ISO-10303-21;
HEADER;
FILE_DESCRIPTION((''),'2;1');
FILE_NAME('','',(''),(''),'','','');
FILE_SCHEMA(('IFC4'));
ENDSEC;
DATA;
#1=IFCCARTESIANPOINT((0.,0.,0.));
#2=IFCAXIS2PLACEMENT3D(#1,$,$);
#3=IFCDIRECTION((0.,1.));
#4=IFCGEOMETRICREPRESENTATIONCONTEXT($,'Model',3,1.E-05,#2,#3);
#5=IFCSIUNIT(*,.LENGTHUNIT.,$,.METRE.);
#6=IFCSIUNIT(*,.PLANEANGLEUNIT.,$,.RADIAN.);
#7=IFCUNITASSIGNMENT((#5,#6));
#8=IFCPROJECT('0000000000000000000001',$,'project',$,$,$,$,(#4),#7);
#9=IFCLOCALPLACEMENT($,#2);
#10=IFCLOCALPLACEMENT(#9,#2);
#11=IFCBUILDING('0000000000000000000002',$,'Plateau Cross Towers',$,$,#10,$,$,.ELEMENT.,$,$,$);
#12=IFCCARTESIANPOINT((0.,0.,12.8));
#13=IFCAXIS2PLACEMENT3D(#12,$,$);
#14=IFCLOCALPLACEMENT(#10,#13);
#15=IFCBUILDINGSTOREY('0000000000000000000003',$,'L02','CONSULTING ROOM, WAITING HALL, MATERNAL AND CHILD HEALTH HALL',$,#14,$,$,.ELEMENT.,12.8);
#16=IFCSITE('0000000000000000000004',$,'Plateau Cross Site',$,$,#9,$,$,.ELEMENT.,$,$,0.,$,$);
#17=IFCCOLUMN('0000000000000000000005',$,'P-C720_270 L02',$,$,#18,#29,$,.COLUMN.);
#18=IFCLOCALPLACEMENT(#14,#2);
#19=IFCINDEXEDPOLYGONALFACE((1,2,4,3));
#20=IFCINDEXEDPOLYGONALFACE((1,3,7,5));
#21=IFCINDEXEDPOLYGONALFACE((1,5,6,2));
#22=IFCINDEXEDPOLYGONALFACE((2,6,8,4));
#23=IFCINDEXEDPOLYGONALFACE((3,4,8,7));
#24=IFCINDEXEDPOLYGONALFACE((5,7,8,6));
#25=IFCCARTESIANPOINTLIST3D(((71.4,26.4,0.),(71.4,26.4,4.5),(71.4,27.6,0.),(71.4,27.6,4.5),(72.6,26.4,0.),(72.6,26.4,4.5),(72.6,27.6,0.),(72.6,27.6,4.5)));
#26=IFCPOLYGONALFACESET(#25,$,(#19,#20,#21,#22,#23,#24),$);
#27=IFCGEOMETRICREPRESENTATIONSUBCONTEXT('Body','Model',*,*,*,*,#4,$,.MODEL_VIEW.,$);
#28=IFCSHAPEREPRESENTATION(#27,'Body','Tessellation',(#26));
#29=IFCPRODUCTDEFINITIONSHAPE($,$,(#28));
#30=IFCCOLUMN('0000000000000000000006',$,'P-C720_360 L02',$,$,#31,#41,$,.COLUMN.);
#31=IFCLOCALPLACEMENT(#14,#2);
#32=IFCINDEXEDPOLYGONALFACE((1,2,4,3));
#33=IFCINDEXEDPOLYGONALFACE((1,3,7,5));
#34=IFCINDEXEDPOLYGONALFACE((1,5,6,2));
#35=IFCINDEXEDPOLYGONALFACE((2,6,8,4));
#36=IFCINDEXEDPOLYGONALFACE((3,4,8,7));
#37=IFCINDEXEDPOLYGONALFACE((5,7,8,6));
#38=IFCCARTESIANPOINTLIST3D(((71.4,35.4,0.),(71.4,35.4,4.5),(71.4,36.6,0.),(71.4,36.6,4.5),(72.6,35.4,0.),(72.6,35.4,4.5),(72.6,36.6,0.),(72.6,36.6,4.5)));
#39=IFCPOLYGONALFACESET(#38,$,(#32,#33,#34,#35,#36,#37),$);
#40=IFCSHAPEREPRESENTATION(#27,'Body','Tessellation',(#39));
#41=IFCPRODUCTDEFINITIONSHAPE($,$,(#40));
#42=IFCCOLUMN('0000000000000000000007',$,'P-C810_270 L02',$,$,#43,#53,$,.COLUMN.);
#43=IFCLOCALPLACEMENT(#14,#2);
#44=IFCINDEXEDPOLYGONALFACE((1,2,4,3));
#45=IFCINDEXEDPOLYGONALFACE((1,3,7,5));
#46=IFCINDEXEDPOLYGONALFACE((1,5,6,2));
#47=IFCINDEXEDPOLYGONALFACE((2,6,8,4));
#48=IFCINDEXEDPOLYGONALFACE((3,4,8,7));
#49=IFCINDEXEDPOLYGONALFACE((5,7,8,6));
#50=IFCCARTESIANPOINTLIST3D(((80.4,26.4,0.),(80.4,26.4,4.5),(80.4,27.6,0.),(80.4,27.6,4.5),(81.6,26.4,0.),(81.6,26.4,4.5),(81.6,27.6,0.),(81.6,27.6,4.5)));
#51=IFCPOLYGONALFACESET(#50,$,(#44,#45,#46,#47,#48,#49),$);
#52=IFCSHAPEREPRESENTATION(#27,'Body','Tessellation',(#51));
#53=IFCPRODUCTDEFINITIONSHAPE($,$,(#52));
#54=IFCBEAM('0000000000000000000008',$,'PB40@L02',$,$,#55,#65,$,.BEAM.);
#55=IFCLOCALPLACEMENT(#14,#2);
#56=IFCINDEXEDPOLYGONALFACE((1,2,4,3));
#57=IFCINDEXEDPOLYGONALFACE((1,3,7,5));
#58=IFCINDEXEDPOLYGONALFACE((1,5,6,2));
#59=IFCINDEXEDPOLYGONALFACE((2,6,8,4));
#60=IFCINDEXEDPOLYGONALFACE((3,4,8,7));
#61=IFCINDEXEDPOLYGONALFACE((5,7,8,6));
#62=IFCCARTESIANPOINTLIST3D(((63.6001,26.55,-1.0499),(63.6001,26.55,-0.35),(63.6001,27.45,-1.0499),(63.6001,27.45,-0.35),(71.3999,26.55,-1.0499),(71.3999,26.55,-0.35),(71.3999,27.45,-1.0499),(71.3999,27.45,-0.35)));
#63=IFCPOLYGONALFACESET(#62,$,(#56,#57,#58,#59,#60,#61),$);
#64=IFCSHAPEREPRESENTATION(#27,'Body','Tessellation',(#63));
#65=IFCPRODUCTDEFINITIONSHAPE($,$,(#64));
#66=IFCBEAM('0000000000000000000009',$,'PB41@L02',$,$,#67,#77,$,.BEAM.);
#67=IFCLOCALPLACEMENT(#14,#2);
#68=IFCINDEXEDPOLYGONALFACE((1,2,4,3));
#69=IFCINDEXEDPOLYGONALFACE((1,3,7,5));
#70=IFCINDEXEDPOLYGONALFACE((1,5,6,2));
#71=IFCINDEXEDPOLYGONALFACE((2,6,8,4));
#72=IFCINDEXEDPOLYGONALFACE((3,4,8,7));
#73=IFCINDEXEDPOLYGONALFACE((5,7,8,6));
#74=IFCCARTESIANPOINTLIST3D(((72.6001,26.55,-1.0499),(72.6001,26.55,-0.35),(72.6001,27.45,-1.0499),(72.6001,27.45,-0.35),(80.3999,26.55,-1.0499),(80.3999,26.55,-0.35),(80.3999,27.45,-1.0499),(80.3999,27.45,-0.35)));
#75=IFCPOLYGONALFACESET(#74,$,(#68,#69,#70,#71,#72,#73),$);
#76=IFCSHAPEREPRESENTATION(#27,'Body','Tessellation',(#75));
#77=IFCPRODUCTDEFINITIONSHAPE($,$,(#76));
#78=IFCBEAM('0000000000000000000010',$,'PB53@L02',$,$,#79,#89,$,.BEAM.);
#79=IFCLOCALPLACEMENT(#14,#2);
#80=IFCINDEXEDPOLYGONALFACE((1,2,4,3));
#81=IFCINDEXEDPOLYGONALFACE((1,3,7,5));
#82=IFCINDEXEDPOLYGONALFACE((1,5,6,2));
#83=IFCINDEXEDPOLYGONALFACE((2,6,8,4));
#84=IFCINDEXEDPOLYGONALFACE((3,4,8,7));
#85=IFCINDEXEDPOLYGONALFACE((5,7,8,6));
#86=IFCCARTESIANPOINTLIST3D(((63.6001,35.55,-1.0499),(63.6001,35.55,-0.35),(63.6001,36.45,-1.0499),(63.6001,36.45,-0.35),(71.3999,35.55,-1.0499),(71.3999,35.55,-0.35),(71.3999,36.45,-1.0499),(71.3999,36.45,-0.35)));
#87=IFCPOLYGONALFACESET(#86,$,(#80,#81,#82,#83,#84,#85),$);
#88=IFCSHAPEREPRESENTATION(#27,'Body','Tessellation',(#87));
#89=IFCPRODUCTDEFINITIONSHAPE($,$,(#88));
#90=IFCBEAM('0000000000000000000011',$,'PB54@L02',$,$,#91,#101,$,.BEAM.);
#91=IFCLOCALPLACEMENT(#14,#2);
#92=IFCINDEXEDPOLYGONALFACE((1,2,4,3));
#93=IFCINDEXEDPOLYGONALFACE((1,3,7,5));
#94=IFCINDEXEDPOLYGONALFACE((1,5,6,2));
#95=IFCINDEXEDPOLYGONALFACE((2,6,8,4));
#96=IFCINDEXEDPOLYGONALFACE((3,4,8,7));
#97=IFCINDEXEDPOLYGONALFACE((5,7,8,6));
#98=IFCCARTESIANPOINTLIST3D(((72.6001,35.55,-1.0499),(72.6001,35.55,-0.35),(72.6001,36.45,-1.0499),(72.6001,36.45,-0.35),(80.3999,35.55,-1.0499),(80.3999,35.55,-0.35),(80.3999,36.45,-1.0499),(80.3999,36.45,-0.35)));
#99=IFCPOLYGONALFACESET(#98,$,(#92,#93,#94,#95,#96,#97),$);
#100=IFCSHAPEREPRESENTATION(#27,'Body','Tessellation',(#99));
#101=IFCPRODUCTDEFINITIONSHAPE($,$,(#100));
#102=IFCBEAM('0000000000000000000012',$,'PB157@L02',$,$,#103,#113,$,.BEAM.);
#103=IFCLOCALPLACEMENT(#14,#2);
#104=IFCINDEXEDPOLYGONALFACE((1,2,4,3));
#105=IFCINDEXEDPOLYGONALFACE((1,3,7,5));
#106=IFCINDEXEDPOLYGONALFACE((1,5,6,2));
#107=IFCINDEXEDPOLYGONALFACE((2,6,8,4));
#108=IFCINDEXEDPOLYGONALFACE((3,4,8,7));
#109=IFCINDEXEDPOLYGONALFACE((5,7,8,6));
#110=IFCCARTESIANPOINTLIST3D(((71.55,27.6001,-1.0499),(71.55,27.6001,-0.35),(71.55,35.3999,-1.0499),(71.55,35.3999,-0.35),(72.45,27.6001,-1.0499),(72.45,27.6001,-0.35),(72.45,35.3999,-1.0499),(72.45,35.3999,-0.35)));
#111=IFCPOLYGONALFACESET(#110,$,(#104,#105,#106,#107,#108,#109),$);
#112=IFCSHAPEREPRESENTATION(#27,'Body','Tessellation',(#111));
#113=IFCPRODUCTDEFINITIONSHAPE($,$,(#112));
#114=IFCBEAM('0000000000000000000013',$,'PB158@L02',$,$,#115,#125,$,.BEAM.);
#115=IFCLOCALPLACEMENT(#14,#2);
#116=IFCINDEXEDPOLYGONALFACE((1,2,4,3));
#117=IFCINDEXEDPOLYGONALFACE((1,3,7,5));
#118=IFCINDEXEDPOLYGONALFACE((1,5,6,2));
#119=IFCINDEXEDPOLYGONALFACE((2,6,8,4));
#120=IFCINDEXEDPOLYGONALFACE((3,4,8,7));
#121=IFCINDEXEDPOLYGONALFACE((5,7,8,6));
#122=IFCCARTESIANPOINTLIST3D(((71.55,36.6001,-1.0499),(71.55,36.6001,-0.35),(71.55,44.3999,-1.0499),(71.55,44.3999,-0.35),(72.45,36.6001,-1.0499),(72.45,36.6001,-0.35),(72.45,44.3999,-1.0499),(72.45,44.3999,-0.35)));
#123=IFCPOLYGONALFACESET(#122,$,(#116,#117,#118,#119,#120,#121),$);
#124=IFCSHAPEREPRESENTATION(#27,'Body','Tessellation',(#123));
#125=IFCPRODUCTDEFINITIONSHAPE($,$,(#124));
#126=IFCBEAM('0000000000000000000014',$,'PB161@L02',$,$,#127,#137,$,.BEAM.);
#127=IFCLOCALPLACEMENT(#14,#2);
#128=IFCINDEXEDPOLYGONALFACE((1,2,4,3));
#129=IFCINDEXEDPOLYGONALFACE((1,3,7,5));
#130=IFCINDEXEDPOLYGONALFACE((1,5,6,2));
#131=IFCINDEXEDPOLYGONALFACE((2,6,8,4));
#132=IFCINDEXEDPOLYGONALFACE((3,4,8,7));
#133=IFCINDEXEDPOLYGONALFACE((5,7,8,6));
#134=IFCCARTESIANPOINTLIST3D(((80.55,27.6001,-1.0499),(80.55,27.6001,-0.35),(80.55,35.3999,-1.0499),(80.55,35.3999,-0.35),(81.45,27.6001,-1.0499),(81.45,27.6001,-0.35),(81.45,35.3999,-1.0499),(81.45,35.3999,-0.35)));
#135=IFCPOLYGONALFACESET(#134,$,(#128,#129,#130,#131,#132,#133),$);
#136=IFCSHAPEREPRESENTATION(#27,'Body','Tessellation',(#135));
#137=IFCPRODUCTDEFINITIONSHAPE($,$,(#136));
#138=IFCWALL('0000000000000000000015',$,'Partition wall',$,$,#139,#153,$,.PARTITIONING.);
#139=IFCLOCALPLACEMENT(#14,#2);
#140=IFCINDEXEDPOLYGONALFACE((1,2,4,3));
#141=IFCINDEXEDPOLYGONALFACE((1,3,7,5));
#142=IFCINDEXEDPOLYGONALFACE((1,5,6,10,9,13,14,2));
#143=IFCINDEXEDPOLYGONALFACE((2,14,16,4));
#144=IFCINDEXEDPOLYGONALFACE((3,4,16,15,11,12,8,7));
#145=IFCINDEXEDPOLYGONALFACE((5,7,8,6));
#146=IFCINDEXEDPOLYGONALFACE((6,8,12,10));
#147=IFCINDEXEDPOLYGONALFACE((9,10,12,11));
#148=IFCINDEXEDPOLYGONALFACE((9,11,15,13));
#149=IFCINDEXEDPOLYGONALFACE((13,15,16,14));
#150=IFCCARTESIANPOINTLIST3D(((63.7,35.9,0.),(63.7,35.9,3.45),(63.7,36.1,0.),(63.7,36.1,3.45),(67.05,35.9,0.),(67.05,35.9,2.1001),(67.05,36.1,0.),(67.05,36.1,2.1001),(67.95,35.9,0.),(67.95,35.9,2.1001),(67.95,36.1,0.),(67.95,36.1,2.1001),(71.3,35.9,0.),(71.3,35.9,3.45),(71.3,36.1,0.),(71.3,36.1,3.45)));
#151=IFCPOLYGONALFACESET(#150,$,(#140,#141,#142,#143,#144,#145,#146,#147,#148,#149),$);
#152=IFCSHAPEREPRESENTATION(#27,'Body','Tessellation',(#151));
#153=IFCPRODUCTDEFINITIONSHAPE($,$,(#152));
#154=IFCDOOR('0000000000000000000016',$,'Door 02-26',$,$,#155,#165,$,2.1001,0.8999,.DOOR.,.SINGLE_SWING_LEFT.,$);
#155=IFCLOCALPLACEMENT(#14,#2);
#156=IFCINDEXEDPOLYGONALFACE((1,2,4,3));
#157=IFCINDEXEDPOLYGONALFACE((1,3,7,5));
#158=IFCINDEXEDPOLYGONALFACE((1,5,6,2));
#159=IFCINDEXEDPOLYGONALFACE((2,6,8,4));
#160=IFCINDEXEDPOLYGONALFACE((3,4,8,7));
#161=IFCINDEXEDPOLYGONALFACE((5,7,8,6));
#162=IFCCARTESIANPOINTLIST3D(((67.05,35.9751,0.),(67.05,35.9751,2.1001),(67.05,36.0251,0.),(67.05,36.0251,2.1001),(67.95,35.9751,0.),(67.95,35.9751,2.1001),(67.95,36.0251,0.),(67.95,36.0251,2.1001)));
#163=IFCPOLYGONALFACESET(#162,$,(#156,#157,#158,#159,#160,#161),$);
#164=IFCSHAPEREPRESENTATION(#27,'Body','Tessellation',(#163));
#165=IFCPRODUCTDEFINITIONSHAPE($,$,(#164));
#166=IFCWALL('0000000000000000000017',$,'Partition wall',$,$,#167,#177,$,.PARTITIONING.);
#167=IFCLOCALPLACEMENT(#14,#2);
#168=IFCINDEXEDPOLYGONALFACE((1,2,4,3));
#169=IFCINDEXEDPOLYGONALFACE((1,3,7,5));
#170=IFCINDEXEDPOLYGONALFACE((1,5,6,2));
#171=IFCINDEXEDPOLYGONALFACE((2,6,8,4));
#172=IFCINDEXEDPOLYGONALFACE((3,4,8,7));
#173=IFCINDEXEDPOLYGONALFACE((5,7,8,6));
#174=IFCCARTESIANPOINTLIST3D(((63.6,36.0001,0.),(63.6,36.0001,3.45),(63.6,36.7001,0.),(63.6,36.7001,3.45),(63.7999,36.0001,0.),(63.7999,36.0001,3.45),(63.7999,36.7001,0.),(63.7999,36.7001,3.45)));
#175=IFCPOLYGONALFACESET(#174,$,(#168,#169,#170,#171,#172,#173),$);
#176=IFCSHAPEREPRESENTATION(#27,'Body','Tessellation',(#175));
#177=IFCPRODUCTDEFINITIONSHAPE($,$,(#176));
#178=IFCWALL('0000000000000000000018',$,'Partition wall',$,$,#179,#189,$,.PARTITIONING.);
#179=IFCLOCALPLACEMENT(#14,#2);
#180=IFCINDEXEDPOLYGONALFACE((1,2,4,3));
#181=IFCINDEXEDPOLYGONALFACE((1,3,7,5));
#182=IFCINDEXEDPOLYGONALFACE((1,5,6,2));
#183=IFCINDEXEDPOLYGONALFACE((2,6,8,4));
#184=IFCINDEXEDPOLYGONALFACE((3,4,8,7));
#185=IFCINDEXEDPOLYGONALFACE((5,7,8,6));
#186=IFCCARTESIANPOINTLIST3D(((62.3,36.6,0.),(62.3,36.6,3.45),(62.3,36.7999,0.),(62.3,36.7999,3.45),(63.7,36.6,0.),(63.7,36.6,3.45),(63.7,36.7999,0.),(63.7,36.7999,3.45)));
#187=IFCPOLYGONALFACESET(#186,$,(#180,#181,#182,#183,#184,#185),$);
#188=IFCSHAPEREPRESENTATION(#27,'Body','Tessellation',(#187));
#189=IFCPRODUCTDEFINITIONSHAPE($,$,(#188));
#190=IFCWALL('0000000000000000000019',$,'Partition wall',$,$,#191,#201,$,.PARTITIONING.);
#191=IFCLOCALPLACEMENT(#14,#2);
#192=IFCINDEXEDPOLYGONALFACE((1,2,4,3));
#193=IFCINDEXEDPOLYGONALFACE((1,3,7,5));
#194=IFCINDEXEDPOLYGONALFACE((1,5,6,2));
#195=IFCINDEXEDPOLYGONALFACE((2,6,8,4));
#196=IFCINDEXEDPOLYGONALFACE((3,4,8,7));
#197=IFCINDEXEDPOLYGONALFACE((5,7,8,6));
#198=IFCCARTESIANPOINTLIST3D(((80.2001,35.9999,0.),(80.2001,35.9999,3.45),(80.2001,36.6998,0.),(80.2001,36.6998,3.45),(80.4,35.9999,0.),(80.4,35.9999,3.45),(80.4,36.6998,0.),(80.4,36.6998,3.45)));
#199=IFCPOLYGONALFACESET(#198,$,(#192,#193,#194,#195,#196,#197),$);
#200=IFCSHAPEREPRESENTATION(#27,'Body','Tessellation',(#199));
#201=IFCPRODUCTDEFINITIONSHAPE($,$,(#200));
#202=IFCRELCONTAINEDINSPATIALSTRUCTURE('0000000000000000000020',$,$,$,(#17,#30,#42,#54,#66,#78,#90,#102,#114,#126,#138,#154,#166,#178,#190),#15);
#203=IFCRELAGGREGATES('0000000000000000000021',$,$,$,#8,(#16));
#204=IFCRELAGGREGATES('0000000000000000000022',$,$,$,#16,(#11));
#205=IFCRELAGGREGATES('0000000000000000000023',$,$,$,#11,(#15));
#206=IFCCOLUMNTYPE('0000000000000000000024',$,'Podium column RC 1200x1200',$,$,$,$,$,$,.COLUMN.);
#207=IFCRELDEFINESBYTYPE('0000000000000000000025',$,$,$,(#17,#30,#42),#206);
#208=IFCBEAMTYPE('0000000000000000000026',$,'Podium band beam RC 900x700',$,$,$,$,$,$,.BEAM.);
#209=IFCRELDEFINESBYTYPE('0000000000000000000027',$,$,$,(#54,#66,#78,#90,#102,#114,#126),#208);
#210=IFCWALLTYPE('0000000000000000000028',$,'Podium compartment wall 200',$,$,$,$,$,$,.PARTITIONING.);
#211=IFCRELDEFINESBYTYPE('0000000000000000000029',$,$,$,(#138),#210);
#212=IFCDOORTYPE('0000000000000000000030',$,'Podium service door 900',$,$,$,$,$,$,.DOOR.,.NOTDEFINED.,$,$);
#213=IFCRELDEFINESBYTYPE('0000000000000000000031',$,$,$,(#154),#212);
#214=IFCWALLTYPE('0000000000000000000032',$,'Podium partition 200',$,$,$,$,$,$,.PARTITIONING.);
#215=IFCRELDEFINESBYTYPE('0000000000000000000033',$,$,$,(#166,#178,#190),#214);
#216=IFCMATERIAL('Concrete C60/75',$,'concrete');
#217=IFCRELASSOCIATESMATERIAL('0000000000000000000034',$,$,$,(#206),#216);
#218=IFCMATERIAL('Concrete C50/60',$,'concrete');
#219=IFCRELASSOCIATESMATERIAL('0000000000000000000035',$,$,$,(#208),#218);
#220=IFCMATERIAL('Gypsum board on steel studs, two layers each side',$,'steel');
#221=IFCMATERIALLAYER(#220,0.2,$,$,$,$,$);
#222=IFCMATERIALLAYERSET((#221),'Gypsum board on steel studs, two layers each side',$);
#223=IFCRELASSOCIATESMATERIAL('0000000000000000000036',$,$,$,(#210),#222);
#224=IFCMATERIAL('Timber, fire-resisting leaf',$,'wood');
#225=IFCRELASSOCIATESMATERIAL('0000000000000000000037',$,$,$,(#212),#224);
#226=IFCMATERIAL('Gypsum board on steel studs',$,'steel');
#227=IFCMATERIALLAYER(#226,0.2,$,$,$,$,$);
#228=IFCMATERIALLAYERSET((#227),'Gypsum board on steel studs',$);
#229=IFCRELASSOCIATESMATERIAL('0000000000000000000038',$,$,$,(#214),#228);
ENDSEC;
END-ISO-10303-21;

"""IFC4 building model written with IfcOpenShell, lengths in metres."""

from ifc_helpers import new_model, si_unit, direction, frame, frame_2d, origin, origin_2d, place, context, subcontext, project, spatial, rectangle, extrude, material, layer, layer_set, material_profile, profile_set, type_object, element, fill, save


model = new_model("IFC4")

# Units and contexts
model_context = context("Model", 3, precision=1e-05, world=origin(), true_north=direction((0.0, 1.0)))
body_context = subcontext(model_context, "Body", "Model", "MODEL_VIEW")
ifc_project = project(units=[si_unit("LENGTHUNIT", "METRE"), si_unit("PLANEANGLEUNIT", "RADIAN")], contexts=[model_context])

# Site, building, storey
site_placement = place(None, origin())
site = spatial("IfcSite", under=ifc_project, at=site_placement, Name="Plateau Cross Site", CompositionType="ELEMENT", RefElevation=0.0)
building_placement = place(site_placement, origin())
building = spatial("IfcBuilding", under=site, at=building_placement, Name="Plateau Cross Towers", CompositionType="ELEMENT")
storey_placement = place(building_placement, frame((0.0, 0.0, 12.8)))
storey = spatial("IfcBuildingStorey", under=building, at=storey_placement, Name="L02", Description="CONSULTING ROOM, WAITING HALL, MATERNAL AND CHILD HEALTH HALL", CompositionType="ELEMENT", Elevation=12.8)

# Columns
ifc_material_1 = material(Name="Concrete C60/75", Category="concrete")
ifc_material_profile_1 = material_profile(ifc_material_1, rectangle(XDim=1.2, YDim=1.2, at=origin_2d()), Name="RC 1200x1200")
ifc_profile_set_1 = profile_set([ifc_material_profile_1], Name="Concrete C60/75")
column_type = type_object("IfcColumnType", Name="Podium column RC 1200x1200", PredefinedType="COLUMN", material=ifc_profile_set_1)
for number, where, z_axis, x_axis, name in (
    (1, (72.0, 27.0, 0.0), (0.0, 0.0, 1.0), (1.0, 0.0, 0.0), "P-C720_270 L02"),
    (2, (72.0, 36.0, 0.0), (0.0, 0.0, 1.0), (1.0, 0.0, 0.0), "P-C720_360 L02"),
    (3, (81.0, 27.0, 0.0), (0.0, 0.0, 1.0), (1.0, 0.0, 0.0), "P-C810_270 L02"),
):
    element("IfcColumn", number, at=place(storey_placement, frame(where, z_axis=z_axis, x_axis=x_axis)), inside=storey, type_object=column_type, Name=name, PredefinedType="COLUMN", context=body_context, shape_type="SweptSolid", body=[
        extrude(rectangle(XDim=1.2, YDim=1.2, at=origin_2d()), origin(), (0.0, 0.0, 1.0), 4.5),
    ])

# Beams
ifc_material_2 = material(Name="Concrete C50/60", Category="concrete")
ifc_material_profile_2 = material_profile(ifc_material_2, rectangle(XDim=0.8999, YDim=0.7, at=origin_2d()), Name="RC 900x700")
ifc_profile_set_2 = profile_set([ifc_material_profile_2], Name="Concrete C50/60")
beam_type = type_object("IfcBeamType", Name="Podium band beam RC 900x700", PredefinedType="BEAM", material=ifc_profile_set_2)
for number, where, z_axis, x_axis, name in (
    (4, (63.6001, 27.0, -0.7), (1.0, 0.0, 0.0), (0.0, 1.0, 0.0), "PB40@L02"),
    (5, (72.6001, 27.0, -0.7), (1.0, 0.0, 0.0), (0.0, 1.0, 0.0), "PB41@L02"),
    (6, (63.6001, 36.0, -0.7), (1.0, 0.0, 0.0), (0.0, 1.0, 0.0), "PB53@L02"),
    (7, (72.6001, 36.0, -0.7), (1.0, 0.0, 0.0), (0.0, 1.0, 0.0), "PB54@L02"),
    (8, (72.0, 27.6001, -0.7), (0.0, 1.0, 0.0), (-1.0, 0.0, 0.0), "PB157@L02"),
    (9, (72.0, 36.6001, -0.7), (0.0, 1.0, 0.0), (-1.0, 0.0, 0.0), "PB158@L02"),
    (10, (81.0, 27.6001, -0.7), (0.0, 1.0, 0.0), (-1.0, 0.0, 0.0), "PB161@L02"),
):
    element("IfcBeam", number, at=place(storey_placement, frame(where, z_axis=z_axis, x_axis=x_axis)), inside=storey, type_object=beam_type, Name=name, PredefinedType="BEAM", context=body_context, shape_type="SweptSolid", body=[
        extrude(rectangle(XDim=0.8999, YDim=0.7, at=origin_2d()), origin(), (0.0, 0.0, 1.0), 7.7998),
    ])

# Wall, opening, door
ifc_material_3 = material(Name="Gypsum board on steel studs, two layers each side", Category="steel")
ifc_layer_1 = layer(ifc_material_3, 0.2)
ifc_layer_set_1 = layer_set([ifc_layer_1], Name="Gypsum board on steel studs, two layers each side")
wall_type_1 = type_object("IfcWallType", Name="Podium compartment wall 200", PredefinedType="PARTITIONING", material=ifc_layer_set_1)
wall_1_placement = place(storey_placement, frame((71.3, 36.0, 0.0), z_axis=(0.0, 0.0, 1.0), x_axis=(-1.0, 0.0, 0.0)))
wall_1 = element("IfcWall", 11, at=wall_1_placement, inside=storey, type_object=wall_type_1, Name="Partition wall", PredefinedType="PARTITIONING", context=body_context, shape_type="SweptSolid", body=[
    extrude(rectangle(XDim=7.6001, YDim=0.2, at=frame_2d((3.8, 0.0))), origin(), (0.0, 0.0, 1.0), 3.45),
])
opening_1_placement = place(wall_1_placement, frame((3.3501, 0.0, 0.0)))
opening_1 = element("IfcOpeningElement", 12, at=opening_1_placement, cuts=wall_1, PredefinedType="OPENING", context=body_context, shape_type="SweptSolid", body=[
    extrude(rectangle(XDim=0.8999, YDim=2.1001, at=frame_2d((0.45, 1.05))), frame((0.0, 0.1099, 0.0), z_axis=(0.0, -1.0, 0.0), x_axis=(1.0, 0.0, 0.0)), (0.0, 0.0, 1.0), 0.22),
])
ifc_material_4 = material(Name="Timber, fire-resisting leaf", Category="wood")
door_type_1 = type_object("IfcDoorType", Name="Podium service door 900", OperationType="NOTDEFINED", PredefinedType="DOOR", material=ifc_material_4)
door_1_placement = place(opening_1_placement, origin())
door_1 = element("IfcDoor", 13, at=door_1_placement, inside=storey, type_object=door_type_1, Name="Door 02-26", OperationType="SINGLE_SWING_LEFT", OverallHeight=2.1001, OverallWidth=0.8999, PredefinedType="DOOR", context=body_context, shape_type="SweptSolid", body=[
    extrude(rectangle(XDim=0.8999, YDim=2.1001, at=frame_2d((0.45, 1.05))), frame((0.0, 0.0249, 0.0), z_axis=(0.0, -1.0, 0.0), x_axis=(1.0, 0.0, 0.0)), (0.0, 0.0, 1.0), 0.05),
])
fill(opening_1, door_1)

# Walls
ifc_material_5 = material(Name="Gypsum board on steel studs", Category="steel")
ifc_layer_2 = layer(ifc_material_5, 0.2)
ifc_layer_set_2 = layer_set([ifc_layer_2], Name="Gypsum board on steel studs")
wall_type_2 = type_object("IfcWallType", Name="Podium partition 200", PredefinedType="PARTITIONING", material=ifc_layer_set_2)
wall_2_placement = place(storey_placement, frame((63.7, 36.0, 0.0), z_axis=(0.0, 0.0, 1.0), x_axis=(0.0, 1.0, 0.0)))
element("IfcWall", 14, at=wall_2_placement, inside=storey, type_object=wall_type_2, Name="Partition wall", PredefinedType="PARTITIONING", context=body_context, shape_type="SweptSolid", body=[
    extrude(rectangle(XDim=0.7, YDim=0.2, at=frame_2d((0.3501, 0.0))), origin(), (0.0, 0.0, 1.0), 3.45),
])
wall_3_placement = place(storey_placement, frame((63.7, 36.7, 0.0), z_axis=(0.0, 0.0, 1.0), x_axis=(-1.0, 0.0, 0.0)))
element("IfcWall", 15, at=wall_3_placement, inside=storey, type_object=wall_type_2, Name="Partition wall", PredefinedType="PARTITIONING", context=body_context, shape_type="SweptSolid", body=[
    extrude(rectangle(XDim=1.3999, YDim=0.2, at=frame_2d((0.7, 0.0))), origin(), (0.0, 0.0, 1.0), 3.45),
])
wall_4_placement = place(storey_placement, frame((80.3, 36.7, 0.0), z_axis=(0.0, 0.0, 1.0), x_axis=(0.0, -1.0, 0.0)))
element("IfcWall", 16, at=wall_4_placement, inside=storey, type_object=wall_type_2, Name="Partition wall", PredefinedType="PARTITIONING", context=body_context, shape_type="SweptSolid", body=[
    extrude(rectangle(XDim=0.7, YDim=0.2, at=frame_2d((0.3501, 0.0))), origin(), (0.0, 0.0, 1.0), 3.45),
])

save(model, "model.ifc")
